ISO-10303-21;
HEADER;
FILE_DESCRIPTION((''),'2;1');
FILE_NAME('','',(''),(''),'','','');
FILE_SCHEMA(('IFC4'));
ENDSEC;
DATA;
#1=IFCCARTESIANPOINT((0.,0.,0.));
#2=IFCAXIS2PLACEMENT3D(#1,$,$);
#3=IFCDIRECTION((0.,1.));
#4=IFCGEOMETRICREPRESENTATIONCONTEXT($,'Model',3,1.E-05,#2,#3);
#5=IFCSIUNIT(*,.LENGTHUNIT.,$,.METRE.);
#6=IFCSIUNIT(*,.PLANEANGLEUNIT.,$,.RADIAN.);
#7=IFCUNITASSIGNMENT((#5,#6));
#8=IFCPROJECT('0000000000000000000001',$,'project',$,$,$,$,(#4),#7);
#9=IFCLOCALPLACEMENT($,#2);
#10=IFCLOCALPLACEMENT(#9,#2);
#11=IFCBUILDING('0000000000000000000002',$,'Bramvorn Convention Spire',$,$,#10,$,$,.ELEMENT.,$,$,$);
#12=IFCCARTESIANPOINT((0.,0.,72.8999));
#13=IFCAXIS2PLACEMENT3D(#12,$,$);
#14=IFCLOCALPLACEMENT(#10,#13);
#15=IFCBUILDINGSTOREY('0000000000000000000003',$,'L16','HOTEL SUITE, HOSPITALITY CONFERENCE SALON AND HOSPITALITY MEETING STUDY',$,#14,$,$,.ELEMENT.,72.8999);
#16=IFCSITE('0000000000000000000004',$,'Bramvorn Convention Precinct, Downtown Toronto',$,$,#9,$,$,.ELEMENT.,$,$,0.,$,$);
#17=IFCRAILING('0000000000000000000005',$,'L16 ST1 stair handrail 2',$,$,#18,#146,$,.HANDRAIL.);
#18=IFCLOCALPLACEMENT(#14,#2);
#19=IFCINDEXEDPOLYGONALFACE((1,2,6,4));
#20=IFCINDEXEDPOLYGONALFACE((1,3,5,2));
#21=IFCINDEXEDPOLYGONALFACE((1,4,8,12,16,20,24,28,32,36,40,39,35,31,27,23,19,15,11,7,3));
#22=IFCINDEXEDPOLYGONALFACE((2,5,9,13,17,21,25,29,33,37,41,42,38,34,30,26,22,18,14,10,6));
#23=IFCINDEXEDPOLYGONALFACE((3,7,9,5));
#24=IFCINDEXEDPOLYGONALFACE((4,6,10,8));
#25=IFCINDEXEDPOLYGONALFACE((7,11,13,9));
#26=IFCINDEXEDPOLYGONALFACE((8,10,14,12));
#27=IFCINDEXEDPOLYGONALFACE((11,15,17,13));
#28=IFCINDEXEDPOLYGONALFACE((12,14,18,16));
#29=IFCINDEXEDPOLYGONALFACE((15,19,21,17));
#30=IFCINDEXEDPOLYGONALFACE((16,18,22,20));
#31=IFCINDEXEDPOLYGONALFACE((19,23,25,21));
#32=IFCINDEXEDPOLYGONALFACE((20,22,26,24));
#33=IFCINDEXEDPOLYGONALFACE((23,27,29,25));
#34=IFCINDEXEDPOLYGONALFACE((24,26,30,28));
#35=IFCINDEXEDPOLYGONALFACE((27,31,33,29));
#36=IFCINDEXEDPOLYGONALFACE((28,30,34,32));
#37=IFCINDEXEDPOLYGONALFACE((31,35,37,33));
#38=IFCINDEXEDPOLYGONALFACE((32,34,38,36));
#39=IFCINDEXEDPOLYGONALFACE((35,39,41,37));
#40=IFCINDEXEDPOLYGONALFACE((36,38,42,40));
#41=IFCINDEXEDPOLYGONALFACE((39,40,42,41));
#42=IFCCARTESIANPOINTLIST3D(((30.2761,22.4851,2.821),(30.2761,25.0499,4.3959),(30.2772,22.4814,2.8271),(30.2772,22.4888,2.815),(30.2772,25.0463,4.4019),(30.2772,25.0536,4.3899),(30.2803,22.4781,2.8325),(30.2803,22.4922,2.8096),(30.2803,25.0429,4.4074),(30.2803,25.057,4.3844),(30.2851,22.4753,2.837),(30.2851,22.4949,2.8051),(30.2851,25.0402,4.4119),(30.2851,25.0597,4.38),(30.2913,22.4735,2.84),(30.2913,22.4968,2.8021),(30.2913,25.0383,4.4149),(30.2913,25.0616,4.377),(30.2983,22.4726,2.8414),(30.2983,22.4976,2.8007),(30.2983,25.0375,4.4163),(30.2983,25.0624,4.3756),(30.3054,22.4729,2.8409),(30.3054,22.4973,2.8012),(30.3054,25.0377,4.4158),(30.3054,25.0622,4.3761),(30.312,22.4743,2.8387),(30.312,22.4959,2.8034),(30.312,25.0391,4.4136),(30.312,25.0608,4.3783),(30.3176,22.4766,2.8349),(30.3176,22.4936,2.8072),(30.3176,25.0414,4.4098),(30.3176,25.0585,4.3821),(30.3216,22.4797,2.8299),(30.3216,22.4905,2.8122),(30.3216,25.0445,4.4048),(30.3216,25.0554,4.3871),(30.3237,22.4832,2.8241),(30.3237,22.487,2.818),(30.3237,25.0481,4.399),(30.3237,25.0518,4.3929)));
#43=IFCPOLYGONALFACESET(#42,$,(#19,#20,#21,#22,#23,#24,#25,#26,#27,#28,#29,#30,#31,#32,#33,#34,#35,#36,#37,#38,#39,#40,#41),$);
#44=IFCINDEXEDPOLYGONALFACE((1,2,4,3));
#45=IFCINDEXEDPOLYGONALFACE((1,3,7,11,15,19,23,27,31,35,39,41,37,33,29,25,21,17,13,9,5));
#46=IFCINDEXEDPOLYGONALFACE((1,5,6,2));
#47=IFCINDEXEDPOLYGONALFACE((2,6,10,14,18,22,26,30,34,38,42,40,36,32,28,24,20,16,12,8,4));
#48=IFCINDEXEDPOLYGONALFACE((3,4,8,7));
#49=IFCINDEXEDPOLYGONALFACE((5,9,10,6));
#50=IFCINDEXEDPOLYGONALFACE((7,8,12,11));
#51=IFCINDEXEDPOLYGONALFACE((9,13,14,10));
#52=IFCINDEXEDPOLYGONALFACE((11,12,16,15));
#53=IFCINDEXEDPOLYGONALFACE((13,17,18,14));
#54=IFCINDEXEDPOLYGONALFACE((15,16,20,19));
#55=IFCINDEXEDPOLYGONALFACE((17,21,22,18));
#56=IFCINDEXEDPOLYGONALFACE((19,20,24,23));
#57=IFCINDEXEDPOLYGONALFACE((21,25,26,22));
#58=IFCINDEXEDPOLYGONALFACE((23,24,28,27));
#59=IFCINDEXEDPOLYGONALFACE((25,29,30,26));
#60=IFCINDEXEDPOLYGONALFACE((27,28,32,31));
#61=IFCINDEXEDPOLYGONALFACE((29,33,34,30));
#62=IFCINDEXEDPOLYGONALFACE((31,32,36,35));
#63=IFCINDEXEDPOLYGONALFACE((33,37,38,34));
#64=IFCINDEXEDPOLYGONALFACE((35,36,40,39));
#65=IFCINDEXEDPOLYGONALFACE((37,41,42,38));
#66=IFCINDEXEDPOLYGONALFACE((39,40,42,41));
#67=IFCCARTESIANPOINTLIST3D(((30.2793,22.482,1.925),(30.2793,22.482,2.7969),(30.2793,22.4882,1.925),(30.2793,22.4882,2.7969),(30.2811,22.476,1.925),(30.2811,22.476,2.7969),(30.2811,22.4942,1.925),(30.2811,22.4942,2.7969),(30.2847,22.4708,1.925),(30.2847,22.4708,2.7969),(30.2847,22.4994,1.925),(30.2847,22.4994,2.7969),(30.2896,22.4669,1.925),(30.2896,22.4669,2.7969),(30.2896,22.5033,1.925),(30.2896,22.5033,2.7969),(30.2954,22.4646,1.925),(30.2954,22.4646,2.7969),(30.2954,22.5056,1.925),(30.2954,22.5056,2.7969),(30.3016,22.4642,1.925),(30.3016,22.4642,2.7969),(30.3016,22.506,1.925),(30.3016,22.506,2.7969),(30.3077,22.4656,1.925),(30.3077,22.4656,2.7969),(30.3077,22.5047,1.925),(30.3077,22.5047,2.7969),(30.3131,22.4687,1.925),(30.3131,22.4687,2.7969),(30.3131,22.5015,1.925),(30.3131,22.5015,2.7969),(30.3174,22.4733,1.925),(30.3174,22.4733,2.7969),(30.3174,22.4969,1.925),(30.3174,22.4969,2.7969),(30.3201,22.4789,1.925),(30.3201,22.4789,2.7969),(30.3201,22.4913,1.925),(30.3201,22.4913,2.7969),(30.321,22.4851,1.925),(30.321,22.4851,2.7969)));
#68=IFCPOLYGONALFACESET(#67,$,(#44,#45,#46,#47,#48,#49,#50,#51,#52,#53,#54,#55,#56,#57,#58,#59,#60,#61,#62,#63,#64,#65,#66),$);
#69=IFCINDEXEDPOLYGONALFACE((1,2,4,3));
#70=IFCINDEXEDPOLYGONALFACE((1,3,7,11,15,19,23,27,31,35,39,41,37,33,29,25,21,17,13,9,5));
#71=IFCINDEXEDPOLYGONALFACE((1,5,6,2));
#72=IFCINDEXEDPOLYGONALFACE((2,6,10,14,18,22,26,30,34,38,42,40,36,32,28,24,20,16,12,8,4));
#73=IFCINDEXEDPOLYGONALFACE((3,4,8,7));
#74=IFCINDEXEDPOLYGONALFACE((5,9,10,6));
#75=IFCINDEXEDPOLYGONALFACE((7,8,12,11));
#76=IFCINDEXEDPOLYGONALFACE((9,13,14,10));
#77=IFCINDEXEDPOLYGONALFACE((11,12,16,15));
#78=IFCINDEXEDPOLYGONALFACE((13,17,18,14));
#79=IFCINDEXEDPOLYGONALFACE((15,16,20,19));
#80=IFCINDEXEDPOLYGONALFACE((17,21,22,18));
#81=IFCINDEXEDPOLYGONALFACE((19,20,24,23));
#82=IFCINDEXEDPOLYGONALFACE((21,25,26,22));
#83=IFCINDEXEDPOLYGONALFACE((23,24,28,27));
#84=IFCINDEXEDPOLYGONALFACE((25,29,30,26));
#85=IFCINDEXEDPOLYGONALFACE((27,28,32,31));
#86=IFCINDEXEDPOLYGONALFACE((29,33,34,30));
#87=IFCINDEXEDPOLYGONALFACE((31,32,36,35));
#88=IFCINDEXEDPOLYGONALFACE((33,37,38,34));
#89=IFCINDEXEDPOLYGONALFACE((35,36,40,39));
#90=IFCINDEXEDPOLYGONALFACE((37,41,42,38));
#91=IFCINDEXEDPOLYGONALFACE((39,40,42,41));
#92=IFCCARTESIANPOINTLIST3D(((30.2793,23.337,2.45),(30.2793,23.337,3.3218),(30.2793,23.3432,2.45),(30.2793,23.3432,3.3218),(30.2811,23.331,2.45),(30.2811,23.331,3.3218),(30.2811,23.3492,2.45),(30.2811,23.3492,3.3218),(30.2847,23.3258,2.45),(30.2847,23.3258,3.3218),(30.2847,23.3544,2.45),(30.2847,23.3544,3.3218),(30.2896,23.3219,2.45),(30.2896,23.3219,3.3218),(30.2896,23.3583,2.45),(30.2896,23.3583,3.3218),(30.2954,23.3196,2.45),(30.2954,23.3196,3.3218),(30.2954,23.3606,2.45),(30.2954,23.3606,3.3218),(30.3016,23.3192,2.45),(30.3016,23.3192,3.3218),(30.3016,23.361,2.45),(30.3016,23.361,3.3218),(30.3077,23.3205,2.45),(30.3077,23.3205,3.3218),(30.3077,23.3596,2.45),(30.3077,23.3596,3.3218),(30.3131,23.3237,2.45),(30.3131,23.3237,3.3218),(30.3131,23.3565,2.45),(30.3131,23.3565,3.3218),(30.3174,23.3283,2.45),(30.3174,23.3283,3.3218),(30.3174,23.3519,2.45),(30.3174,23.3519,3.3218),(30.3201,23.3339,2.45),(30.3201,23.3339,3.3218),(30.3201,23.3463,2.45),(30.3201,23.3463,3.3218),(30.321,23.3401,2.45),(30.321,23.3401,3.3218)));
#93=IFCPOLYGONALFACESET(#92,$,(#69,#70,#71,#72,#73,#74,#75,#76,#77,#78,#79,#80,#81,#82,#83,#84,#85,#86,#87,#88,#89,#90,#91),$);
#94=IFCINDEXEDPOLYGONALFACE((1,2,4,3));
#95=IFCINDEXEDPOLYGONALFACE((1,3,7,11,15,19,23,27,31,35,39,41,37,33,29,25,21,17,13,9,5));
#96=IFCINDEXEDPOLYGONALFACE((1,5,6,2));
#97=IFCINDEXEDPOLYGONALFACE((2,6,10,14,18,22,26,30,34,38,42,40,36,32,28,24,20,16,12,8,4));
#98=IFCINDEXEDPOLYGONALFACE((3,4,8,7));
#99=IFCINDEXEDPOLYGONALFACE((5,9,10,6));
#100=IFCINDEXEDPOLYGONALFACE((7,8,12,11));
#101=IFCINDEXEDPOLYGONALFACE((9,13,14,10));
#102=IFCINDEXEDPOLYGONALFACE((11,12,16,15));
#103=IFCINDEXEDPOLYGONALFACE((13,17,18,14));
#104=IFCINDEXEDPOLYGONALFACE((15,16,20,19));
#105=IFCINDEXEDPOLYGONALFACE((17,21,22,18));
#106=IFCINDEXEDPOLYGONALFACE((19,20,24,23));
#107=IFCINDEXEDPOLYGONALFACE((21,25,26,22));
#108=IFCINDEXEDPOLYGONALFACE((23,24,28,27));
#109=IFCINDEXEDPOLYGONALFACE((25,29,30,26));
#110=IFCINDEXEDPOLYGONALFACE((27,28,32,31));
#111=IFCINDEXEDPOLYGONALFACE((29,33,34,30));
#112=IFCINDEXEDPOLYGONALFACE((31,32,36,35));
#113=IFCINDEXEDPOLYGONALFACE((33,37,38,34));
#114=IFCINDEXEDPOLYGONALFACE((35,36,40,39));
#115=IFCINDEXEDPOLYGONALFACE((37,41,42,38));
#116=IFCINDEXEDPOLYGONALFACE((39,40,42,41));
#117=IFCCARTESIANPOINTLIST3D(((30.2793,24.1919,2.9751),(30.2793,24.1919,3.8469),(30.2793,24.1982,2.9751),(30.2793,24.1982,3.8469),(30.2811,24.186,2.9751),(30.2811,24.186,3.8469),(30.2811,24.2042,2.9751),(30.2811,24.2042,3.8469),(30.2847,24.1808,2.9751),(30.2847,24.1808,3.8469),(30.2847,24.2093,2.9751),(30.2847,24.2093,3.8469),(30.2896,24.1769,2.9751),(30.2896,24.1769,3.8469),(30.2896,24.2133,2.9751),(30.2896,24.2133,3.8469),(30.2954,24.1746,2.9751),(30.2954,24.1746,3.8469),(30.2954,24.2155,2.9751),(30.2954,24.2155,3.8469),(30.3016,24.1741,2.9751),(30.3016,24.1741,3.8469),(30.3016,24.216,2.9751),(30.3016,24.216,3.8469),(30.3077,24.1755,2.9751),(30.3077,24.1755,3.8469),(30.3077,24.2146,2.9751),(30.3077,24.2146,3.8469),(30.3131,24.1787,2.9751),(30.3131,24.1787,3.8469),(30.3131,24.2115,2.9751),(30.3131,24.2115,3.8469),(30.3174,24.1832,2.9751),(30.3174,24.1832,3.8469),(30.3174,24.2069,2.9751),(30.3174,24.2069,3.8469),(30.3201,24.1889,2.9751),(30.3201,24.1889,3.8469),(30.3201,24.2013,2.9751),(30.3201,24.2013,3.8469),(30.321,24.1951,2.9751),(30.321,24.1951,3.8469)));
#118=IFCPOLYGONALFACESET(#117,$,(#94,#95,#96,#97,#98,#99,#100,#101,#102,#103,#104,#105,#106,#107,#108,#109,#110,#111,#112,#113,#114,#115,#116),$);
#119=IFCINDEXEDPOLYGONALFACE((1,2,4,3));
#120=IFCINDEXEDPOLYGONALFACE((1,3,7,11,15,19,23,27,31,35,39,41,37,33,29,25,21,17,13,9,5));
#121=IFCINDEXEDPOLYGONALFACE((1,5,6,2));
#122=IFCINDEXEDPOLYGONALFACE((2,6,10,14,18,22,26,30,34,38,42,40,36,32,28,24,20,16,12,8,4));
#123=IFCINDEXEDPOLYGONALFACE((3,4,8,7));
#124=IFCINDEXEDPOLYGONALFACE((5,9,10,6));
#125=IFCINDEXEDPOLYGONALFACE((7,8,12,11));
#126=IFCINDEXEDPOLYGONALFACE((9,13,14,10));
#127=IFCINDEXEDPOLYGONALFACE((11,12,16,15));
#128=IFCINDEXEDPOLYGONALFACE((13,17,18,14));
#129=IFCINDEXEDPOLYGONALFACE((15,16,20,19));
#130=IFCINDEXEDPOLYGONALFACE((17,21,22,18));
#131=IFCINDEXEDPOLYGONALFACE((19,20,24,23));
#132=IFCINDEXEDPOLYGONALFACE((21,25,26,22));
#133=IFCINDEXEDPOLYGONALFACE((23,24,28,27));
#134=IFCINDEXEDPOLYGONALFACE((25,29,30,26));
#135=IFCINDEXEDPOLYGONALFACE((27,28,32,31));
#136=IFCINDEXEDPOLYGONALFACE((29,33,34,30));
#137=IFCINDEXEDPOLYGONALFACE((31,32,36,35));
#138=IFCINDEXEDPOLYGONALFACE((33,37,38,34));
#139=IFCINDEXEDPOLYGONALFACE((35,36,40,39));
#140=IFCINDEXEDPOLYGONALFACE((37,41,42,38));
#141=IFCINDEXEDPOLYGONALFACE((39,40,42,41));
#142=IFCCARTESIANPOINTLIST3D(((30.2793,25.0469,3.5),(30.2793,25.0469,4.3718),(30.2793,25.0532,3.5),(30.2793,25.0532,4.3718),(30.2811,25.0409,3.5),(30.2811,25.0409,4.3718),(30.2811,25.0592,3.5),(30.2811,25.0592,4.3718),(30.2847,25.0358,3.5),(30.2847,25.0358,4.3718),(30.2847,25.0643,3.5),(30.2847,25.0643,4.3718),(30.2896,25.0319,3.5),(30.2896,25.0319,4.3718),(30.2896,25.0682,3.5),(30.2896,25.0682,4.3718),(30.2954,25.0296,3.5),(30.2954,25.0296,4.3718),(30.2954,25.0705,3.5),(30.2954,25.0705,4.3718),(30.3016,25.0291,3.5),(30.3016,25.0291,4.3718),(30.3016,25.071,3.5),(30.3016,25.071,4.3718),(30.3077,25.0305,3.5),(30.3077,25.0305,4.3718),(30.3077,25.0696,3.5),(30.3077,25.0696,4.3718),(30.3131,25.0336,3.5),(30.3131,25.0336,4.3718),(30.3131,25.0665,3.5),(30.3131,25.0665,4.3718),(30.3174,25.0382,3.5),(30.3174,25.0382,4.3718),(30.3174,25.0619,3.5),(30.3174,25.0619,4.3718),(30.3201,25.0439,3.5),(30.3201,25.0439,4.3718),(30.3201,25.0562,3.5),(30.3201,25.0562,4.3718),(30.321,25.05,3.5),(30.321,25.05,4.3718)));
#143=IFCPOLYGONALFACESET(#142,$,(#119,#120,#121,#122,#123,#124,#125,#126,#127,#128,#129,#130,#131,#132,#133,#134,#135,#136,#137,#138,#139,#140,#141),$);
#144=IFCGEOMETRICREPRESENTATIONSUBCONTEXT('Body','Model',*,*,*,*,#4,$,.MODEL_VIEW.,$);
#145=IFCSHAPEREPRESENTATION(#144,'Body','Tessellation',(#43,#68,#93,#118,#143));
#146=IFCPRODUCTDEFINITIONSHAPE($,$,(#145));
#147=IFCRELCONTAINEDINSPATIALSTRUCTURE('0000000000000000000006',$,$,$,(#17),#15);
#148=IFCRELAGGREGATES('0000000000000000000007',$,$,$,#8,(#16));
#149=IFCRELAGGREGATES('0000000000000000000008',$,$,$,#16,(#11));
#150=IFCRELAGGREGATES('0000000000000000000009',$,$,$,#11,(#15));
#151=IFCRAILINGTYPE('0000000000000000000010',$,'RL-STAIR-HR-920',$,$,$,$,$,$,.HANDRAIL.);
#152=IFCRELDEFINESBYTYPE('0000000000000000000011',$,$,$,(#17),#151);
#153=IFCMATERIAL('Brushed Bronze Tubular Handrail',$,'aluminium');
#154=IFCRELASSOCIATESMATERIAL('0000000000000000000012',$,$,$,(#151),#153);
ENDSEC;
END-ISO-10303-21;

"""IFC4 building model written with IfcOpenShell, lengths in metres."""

from ifc_helpers import new_model, si_unit, direction, frame, origin, origin_2d, place, context, subcontext, project, spatial, circle, extrude, material, type_object, element, save


model = new_model("IFC4")

# Units and contexts
model_context = context("Model", 3, precision=1e-05, world=origin(), true_north=direction((0.0, 1.0)))
body_context = subcontext(model_context, "Body", "Model", "MODEL_VIEW")
ifc_project = project(units=[si_unit("LENGTHUNIT", "METRE"), si_unit("PLANEANGLEUNIT", "RADIAN")], contexts=[model_context])

# Site, building, storey
site_placement = place(None, origin())
site = spatial("IfcSite", under=ifc_project, at=site_placement, Name="Bramvorn Convention Precinct, Downtown Toronto", CompositionType="ELEMENT", RefElevation=0.0)
building_placement = place(site_placement, origin())
building = spatial("IfcBuilding", under=site, at=building_placement, Name="Bramvorn Convention Spire", CompositionType="ELEMENT")
storey_placement = place(building_placement, frame((0.0, 0.0, 72.8999)))
storey = spatial("IfcBuildingStorey", under=building, at=storey_placement, Name="L16", Description="HOTEL SUITE, HOSPITALITY CONFERENCE SALON AND HOSPITALITY MEETING STUDY", CompositionType="ELEMENT", Elevation=72.8999)

# Railing
ifc_material_1 = material(Name="Brushed Bronze Tubular Handrail", Category="aluminium")
railing_type_1 = type_object("IfcRailingType", Name="RL-STAIR-HR-920", PredefinedType="HANDRAIL", material=ifc_material_1)
railing_1_placement = place(storey_placement, frame((30.3, 22.4851, 1.925)))
element("IfcRailing", 1, at=railing_1_placement, inside=storey, type_object=railing_type_1, Name="L16 ST1 stair handrail 2", PredefinedType="HANDRAIL", context=body_context, shape_type="SweptSolid", body=[
    extrude(circle(Radius=0.0239, at=origin_2d()), frame((0.0, 0.0, 0.896), z_axis=(0.0, 0.852173, 0.52326), x_axis=(-1.0, 0.0, 0.0)), (0.0, 0.0, 1.0), 3.0098),
    extrude(circle(Radius=0.021, at=origin_2d()), origin(), (0.0, 0.0, 1.0), 0.8718),
    extrude(circle(Radius=0.021, at=origin_2d()), frame((0.0, 0.855, 0.5249)), (0.0, 0.0, 1.0), 0.8718),
    extrude(circle(Radius=0.021, at=origin_2d()), frame((0.0, 1.71, 1.05)), (0.0, 0.0, 1.0), 0.8718),
    extrude(circle(Radius=0.021, at=origin_2d()), frame((0.0, 2.5649, 1.575)), (0.0, 0.0, 1.0), 0.8718),
])

save(model, "model.ifc")
